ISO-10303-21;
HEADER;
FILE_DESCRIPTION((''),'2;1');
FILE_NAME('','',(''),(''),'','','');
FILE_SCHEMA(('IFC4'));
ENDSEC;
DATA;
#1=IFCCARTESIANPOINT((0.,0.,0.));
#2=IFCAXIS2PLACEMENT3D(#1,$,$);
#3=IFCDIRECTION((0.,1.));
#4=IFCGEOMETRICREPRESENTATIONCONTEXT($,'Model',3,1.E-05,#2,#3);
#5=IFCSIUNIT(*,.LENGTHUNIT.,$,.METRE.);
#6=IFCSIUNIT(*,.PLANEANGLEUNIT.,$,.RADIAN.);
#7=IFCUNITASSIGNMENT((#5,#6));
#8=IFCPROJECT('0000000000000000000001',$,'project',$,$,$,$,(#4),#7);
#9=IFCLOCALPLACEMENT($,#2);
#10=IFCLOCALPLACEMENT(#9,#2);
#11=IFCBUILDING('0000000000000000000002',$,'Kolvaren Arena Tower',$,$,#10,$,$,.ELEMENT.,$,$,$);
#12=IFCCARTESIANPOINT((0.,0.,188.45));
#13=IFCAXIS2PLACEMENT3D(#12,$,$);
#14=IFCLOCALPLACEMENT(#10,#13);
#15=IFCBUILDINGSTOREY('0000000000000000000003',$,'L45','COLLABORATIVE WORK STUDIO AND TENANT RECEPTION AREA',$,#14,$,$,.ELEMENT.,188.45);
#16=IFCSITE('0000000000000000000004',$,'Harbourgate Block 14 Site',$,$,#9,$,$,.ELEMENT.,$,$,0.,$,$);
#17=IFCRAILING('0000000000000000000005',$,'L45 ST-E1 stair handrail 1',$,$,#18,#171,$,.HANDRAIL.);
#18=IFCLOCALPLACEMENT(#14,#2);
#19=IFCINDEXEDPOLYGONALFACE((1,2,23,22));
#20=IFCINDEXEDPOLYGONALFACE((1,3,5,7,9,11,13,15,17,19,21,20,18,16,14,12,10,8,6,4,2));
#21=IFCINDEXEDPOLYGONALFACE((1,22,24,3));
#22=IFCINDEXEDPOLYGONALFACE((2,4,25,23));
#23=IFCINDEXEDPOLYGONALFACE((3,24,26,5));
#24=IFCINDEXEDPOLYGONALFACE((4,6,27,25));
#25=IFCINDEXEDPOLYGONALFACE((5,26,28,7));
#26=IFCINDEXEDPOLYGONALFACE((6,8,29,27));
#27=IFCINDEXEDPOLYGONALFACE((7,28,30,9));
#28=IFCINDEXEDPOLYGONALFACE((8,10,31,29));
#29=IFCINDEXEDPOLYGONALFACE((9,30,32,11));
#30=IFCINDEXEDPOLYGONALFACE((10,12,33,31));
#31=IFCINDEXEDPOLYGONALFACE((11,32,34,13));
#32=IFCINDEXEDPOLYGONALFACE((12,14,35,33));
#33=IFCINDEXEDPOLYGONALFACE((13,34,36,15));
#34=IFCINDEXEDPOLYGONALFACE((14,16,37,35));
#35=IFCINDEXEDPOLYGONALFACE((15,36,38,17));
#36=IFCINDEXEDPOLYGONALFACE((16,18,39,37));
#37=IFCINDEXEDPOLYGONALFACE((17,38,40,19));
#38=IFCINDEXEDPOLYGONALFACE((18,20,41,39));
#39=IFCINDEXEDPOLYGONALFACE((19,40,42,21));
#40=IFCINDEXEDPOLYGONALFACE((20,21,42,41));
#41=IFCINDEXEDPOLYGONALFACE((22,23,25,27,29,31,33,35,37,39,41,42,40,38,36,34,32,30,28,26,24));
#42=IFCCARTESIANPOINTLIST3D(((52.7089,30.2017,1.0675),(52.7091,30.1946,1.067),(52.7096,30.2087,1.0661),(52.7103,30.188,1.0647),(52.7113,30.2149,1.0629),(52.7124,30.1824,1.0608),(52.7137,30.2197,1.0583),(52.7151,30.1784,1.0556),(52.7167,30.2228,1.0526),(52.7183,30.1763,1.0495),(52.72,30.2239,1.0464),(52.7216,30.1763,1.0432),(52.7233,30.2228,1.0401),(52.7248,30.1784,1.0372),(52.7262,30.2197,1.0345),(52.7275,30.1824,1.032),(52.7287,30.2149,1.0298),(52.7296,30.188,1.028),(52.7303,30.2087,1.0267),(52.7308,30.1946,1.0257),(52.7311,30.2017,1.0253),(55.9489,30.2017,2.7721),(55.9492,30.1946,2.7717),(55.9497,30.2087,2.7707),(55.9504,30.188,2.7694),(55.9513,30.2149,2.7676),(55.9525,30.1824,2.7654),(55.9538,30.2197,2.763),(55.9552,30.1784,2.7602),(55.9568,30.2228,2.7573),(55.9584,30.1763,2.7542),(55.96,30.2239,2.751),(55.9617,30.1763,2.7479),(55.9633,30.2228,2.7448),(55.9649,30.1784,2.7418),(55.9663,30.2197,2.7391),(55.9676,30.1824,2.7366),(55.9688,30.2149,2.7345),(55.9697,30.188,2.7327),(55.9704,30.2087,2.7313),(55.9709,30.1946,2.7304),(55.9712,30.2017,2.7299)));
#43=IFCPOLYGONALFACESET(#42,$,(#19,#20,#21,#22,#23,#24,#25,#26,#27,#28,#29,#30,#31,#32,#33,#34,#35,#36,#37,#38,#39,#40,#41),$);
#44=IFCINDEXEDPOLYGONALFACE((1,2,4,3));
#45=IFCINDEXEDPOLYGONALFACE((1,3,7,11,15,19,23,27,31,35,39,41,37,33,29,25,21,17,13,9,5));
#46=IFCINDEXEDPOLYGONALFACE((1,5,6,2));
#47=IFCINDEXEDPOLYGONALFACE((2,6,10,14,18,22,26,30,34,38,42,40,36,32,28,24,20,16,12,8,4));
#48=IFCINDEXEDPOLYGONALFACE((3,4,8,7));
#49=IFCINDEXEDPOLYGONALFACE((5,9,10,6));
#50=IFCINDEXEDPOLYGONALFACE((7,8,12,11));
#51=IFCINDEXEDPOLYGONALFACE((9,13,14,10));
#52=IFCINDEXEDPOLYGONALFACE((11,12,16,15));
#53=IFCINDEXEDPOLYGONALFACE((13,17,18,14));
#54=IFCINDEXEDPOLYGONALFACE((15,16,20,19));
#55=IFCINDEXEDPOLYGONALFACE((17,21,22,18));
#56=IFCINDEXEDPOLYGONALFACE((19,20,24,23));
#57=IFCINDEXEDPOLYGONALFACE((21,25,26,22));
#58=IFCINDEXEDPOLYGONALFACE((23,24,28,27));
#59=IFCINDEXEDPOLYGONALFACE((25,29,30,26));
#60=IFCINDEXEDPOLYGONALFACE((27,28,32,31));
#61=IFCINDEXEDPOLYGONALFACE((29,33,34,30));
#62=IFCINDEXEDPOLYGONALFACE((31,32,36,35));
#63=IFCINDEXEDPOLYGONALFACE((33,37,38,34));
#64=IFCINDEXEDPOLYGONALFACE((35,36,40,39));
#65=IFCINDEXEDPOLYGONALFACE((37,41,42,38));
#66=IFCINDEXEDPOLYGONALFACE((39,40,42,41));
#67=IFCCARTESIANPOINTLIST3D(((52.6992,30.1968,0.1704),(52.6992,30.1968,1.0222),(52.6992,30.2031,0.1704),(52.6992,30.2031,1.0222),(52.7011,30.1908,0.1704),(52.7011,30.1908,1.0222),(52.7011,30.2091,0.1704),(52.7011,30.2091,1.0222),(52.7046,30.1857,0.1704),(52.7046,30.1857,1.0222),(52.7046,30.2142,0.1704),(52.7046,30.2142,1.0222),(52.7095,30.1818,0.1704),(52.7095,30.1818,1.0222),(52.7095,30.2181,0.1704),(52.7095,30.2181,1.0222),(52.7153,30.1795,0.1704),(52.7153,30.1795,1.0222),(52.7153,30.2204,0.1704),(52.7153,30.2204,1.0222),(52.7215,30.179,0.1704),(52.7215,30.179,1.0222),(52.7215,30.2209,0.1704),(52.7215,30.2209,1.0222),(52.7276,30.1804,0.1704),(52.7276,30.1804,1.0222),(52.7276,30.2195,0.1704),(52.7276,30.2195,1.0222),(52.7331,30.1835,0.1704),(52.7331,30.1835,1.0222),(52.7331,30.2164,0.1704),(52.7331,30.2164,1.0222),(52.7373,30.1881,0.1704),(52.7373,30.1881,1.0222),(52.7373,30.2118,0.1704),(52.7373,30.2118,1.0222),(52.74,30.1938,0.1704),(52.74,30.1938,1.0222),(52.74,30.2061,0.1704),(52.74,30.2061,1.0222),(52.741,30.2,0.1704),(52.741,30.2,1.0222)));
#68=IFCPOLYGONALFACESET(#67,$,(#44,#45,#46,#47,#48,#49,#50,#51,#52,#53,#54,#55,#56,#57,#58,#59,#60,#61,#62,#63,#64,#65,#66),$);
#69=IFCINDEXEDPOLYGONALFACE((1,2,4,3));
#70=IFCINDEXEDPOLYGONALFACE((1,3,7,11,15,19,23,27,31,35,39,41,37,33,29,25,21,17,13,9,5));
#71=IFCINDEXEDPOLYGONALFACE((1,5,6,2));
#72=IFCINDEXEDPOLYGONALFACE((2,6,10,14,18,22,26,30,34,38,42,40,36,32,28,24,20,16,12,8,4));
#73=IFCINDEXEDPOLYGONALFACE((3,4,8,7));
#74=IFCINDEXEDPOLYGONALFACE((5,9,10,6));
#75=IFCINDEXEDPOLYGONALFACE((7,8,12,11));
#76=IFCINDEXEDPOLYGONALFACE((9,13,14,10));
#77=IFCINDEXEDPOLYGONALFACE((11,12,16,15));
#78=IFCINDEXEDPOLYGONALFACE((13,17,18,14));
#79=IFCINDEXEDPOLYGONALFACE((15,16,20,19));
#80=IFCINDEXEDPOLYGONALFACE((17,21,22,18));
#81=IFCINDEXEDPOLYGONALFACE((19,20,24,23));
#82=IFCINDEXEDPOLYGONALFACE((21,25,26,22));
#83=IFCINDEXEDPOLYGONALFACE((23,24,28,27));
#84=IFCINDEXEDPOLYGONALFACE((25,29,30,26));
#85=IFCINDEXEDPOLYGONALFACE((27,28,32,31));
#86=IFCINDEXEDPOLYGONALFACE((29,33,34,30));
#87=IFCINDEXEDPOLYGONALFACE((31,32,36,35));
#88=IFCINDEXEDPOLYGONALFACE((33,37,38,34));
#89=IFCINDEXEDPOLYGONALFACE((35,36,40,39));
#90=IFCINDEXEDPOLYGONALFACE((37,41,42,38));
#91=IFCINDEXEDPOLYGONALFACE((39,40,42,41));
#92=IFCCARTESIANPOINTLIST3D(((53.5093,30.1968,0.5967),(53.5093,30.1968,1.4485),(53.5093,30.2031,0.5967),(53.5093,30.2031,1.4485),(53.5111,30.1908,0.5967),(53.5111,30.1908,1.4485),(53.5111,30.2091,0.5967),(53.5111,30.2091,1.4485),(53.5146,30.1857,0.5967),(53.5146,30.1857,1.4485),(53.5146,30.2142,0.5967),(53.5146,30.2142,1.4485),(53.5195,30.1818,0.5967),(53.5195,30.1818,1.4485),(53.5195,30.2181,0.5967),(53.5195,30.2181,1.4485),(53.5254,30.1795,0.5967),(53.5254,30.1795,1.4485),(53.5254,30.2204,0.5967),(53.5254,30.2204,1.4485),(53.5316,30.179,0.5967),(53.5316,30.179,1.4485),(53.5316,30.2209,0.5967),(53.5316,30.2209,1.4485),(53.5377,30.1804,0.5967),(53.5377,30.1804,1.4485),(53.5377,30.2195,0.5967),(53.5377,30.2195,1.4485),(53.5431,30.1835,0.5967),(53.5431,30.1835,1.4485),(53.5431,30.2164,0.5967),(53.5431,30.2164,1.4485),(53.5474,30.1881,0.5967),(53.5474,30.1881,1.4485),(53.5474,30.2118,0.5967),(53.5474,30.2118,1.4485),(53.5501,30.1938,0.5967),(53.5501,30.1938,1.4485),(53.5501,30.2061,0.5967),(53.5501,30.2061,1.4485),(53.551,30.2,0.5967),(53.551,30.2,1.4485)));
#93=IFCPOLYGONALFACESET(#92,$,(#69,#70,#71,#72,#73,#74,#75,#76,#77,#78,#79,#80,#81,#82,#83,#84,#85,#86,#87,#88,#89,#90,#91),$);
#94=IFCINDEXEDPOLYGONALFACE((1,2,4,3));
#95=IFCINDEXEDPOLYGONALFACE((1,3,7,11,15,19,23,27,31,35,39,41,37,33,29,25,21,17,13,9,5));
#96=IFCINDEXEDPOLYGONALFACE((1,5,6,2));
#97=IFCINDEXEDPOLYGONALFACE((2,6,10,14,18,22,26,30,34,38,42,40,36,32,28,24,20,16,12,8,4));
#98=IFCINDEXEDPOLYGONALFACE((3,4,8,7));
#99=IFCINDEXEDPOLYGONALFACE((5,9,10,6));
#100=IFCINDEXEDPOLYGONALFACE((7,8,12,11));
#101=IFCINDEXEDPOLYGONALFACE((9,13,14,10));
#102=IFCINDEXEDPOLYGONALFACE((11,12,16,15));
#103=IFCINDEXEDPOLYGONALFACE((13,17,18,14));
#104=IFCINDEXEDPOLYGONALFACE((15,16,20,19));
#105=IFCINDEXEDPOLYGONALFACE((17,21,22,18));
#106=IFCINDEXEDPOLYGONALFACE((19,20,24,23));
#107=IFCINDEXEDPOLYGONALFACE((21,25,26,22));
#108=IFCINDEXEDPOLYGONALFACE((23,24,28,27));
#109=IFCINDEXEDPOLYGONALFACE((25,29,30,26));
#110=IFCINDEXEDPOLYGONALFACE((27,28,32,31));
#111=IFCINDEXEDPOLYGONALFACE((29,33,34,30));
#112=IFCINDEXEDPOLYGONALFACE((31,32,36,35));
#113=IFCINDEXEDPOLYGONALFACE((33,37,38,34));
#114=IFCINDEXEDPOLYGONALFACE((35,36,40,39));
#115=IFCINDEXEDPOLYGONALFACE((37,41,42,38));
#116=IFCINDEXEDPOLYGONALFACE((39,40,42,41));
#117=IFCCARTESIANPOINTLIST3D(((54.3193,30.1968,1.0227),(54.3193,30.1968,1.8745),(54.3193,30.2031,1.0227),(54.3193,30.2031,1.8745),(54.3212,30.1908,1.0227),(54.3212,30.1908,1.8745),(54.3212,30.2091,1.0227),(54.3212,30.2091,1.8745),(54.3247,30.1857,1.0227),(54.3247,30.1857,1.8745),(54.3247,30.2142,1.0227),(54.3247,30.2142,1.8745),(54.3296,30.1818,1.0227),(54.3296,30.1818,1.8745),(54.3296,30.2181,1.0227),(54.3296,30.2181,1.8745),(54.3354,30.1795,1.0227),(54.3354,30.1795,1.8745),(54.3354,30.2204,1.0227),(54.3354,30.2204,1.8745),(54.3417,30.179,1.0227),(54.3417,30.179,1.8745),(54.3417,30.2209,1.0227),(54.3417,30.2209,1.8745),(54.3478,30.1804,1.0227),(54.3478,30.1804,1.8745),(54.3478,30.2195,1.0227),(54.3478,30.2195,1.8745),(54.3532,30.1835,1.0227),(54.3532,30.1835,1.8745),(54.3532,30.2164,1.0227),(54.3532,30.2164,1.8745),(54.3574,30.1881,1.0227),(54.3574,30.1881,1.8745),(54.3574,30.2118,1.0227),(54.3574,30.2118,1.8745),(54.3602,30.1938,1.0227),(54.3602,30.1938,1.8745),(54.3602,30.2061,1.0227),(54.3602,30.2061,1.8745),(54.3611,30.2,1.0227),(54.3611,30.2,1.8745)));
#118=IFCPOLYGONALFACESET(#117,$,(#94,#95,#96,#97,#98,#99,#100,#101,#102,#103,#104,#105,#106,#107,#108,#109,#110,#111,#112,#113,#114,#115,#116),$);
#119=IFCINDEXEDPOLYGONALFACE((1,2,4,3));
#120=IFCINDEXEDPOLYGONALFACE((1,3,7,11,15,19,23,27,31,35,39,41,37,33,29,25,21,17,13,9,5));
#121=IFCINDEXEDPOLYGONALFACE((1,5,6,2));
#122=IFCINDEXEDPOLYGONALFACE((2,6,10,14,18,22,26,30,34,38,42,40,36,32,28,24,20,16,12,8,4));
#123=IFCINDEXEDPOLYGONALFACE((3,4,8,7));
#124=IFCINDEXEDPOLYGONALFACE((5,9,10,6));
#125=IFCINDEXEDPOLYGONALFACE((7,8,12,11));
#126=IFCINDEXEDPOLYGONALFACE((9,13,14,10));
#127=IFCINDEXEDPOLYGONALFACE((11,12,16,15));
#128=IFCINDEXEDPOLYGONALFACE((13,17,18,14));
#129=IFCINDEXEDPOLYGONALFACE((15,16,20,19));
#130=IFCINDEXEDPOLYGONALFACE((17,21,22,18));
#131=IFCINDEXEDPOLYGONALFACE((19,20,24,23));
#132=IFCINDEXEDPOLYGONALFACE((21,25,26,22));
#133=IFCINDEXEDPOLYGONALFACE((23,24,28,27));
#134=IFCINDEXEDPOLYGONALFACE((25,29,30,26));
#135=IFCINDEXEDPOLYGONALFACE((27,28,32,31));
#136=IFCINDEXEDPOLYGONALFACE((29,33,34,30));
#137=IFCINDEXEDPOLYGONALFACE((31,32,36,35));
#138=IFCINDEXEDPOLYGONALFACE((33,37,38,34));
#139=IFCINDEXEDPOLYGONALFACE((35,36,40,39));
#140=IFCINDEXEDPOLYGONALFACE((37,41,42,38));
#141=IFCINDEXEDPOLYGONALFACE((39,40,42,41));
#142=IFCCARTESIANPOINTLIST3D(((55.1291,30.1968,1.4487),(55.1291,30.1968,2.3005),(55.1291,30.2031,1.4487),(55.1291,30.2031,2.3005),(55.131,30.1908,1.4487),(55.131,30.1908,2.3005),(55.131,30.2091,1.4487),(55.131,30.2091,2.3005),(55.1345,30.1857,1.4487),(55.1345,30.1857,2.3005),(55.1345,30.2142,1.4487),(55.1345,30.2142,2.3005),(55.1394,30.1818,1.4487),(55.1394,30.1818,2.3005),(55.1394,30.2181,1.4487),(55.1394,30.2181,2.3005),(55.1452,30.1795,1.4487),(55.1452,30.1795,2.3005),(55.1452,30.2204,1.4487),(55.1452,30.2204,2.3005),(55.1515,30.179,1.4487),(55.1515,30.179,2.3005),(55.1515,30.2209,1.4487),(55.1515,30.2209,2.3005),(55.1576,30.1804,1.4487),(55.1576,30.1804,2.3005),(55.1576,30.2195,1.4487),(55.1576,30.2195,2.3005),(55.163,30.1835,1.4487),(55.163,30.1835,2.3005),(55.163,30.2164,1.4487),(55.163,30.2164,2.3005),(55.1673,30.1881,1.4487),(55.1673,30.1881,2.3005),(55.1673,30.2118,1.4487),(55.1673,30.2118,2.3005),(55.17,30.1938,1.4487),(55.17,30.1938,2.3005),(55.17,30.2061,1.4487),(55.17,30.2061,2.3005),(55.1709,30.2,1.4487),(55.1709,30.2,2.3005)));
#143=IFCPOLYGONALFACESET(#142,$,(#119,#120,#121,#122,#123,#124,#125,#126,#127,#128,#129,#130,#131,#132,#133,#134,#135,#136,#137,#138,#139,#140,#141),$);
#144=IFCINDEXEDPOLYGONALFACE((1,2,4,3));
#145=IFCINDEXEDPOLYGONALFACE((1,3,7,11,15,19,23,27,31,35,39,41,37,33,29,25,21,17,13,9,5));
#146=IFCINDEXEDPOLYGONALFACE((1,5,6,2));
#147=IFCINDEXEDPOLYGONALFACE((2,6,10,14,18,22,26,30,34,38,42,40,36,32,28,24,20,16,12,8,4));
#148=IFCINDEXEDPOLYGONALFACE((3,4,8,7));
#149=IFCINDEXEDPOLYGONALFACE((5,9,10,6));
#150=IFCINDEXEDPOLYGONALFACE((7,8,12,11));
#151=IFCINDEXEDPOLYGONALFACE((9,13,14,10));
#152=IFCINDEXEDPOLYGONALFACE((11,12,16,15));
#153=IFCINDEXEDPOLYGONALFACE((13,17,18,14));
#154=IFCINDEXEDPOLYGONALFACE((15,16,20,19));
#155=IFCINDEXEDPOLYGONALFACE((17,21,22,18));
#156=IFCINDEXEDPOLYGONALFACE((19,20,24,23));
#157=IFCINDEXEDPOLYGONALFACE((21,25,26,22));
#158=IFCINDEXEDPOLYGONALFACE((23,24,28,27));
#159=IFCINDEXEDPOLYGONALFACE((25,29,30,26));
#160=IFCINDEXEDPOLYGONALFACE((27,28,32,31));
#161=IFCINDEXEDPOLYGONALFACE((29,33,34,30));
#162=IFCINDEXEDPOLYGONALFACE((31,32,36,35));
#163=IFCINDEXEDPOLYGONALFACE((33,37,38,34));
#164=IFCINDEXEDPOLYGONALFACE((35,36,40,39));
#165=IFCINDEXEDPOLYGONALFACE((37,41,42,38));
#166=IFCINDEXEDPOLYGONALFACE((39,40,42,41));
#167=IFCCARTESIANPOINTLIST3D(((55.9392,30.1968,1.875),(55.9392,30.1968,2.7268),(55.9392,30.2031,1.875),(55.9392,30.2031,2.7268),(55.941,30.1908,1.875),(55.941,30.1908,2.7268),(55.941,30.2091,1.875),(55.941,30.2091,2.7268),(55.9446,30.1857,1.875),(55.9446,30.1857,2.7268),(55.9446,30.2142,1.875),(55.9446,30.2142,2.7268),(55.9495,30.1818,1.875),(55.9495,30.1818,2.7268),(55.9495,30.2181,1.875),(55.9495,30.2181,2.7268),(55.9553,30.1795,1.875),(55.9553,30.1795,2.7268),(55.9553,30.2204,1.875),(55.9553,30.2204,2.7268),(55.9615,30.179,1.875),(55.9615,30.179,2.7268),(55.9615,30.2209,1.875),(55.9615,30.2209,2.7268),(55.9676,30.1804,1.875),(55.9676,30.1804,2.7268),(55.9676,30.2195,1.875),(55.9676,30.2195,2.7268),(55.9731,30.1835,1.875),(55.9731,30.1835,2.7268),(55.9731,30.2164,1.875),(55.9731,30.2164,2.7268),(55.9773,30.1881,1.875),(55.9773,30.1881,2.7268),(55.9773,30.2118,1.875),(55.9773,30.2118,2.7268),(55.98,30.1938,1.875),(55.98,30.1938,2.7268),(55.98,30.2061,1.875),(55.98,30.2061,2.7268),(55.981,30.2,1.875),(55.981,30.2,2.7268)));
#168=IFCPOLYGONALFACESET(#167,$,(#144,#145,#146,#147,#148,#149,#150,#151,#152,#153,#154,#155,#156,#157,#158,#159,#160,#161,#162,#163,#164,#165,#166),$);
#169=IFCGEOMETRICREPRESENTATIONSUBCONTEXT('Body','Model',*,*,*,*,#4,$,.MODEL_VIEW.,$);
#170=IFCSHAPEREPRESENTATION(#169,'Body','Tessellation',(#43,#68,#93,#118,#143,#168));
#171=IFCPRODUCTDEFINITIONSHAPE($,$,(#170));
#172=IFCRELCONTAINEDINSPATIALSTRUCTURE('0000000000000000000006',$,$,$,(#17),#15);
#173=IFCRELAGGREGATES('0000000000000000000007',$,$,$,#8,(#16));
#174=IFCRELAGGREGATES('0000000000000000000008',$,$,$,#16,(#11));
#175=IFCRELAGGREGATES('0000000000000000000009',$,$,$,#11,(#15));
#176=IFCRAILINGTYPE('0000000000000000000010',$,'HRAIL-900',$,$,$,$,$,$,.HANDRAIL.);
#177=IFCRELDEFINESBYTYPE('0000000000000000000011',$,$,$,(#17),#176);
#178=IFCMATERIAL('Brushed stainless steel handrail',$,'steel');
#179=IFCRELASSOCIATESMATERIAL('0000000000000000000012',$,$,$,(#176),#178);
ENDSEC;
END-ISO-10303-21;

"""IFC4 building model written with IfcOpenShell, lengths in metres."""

from ifc_helpers import new_model, si_unit, direction, frame, origin, origin_2d, place, context, subcontext, project, spatial, circle, extrude, material, type_object, element, save


model = new_model("IFC4")

# Units and contexts
model_context = context("Model", 3, precision=1e-05, world=origin(), true_north=direction((0.0, 1.0)))
body_context = subcontext(model_context, "Body", "Model", "MODEL_VIEW")
ifc_project = project(units=[si_unit("LENGTHUNIT", "METRE"), si_unit("PLANEANGLEUNIT", "RADIAN")], contexts=[model_context])

# Site, building, storey
site_placement = place(None, origin())
site = spatial("IfcSite", under=ifc_project, at=site_placement, Name="Harbourgate Block 14 Site", CompositionType="ELEMENT", RefElevation=0.0)
building_placement = place(site_placement, origin())
building = spatial("IfcBuilding", under=site, at=building_placement, Name="Kolvaren Arena Tower", CompositionType="ELEMENT")
storey_placement = place(building_placement, frame((0.0, 0.0, 188.45)))
storey = spatial("IfcBuildingStorey", under=building, at=storey_placement, Name="L45", Description="COLLABORATIVE WORK STUDIO AND TENANT RECEPTION AREA", CompositionType="ELEMENT", Elevation=188.45)

# Railing
ifc_material_1 = material(Name="Brushed stainless steel handrail", Category="steel")
railing_type_1 = type_object("IfcRailingType", Name="HRAIL-900", PredefinedType="HANDRAIL", material=ifc_material_1)
for number, where, name in (
    (1, (52.72, 30.2, 0.1704), "L45 ST-E1 stair handrail 1"),
):
    element("IfcRailing", number, at=place(storey_placement, frame(where)), inside=storey, type_object=railing_type_1, Name=name, PredefinedType="HANDRAIL", context=body_context, shape_type="SweptSolid", body=[
        extrude(circle(Radius=0.0239, at=origin_2d()), frame((0.0, 0.0, 0.876), z_axis=(0.884993, 0.0, 0.465604), x_axis=(0.0, 1.0, 0.0)), (0.0, 0.0, 1.0), 3.6611),
        extrude(circle(Radius=0.021, at=origin_2d()), origin(), (0.0, 0.0, 1.0), 0.8518),
        extrude(circle(Radius=0.021, at=origin_2d()), frame((0.8101, 0.0, 0.4263)), (0.0, 0.0, 1.0), 0.8518),
        extrude(circle(Radius=0.021, at=origin_2d()), frame((1.6201, 0.0, 0.8523)), (0.0, 0.0, 1.0), 0.8518),
        extrude(circle(Radius=0.021, at=origin_2d()), frame((2.4299, 0.0, 1.2783)), (0.0, 0.0, 1.0), 0.8518),
        extrude(circle(Radius=0.021, at=origin_2d()), frame((3.24, 0.0, 1.7046)), (0.0, 0.0, 1.0), 0.8518),
    ])

save(model, "model.ifc")
